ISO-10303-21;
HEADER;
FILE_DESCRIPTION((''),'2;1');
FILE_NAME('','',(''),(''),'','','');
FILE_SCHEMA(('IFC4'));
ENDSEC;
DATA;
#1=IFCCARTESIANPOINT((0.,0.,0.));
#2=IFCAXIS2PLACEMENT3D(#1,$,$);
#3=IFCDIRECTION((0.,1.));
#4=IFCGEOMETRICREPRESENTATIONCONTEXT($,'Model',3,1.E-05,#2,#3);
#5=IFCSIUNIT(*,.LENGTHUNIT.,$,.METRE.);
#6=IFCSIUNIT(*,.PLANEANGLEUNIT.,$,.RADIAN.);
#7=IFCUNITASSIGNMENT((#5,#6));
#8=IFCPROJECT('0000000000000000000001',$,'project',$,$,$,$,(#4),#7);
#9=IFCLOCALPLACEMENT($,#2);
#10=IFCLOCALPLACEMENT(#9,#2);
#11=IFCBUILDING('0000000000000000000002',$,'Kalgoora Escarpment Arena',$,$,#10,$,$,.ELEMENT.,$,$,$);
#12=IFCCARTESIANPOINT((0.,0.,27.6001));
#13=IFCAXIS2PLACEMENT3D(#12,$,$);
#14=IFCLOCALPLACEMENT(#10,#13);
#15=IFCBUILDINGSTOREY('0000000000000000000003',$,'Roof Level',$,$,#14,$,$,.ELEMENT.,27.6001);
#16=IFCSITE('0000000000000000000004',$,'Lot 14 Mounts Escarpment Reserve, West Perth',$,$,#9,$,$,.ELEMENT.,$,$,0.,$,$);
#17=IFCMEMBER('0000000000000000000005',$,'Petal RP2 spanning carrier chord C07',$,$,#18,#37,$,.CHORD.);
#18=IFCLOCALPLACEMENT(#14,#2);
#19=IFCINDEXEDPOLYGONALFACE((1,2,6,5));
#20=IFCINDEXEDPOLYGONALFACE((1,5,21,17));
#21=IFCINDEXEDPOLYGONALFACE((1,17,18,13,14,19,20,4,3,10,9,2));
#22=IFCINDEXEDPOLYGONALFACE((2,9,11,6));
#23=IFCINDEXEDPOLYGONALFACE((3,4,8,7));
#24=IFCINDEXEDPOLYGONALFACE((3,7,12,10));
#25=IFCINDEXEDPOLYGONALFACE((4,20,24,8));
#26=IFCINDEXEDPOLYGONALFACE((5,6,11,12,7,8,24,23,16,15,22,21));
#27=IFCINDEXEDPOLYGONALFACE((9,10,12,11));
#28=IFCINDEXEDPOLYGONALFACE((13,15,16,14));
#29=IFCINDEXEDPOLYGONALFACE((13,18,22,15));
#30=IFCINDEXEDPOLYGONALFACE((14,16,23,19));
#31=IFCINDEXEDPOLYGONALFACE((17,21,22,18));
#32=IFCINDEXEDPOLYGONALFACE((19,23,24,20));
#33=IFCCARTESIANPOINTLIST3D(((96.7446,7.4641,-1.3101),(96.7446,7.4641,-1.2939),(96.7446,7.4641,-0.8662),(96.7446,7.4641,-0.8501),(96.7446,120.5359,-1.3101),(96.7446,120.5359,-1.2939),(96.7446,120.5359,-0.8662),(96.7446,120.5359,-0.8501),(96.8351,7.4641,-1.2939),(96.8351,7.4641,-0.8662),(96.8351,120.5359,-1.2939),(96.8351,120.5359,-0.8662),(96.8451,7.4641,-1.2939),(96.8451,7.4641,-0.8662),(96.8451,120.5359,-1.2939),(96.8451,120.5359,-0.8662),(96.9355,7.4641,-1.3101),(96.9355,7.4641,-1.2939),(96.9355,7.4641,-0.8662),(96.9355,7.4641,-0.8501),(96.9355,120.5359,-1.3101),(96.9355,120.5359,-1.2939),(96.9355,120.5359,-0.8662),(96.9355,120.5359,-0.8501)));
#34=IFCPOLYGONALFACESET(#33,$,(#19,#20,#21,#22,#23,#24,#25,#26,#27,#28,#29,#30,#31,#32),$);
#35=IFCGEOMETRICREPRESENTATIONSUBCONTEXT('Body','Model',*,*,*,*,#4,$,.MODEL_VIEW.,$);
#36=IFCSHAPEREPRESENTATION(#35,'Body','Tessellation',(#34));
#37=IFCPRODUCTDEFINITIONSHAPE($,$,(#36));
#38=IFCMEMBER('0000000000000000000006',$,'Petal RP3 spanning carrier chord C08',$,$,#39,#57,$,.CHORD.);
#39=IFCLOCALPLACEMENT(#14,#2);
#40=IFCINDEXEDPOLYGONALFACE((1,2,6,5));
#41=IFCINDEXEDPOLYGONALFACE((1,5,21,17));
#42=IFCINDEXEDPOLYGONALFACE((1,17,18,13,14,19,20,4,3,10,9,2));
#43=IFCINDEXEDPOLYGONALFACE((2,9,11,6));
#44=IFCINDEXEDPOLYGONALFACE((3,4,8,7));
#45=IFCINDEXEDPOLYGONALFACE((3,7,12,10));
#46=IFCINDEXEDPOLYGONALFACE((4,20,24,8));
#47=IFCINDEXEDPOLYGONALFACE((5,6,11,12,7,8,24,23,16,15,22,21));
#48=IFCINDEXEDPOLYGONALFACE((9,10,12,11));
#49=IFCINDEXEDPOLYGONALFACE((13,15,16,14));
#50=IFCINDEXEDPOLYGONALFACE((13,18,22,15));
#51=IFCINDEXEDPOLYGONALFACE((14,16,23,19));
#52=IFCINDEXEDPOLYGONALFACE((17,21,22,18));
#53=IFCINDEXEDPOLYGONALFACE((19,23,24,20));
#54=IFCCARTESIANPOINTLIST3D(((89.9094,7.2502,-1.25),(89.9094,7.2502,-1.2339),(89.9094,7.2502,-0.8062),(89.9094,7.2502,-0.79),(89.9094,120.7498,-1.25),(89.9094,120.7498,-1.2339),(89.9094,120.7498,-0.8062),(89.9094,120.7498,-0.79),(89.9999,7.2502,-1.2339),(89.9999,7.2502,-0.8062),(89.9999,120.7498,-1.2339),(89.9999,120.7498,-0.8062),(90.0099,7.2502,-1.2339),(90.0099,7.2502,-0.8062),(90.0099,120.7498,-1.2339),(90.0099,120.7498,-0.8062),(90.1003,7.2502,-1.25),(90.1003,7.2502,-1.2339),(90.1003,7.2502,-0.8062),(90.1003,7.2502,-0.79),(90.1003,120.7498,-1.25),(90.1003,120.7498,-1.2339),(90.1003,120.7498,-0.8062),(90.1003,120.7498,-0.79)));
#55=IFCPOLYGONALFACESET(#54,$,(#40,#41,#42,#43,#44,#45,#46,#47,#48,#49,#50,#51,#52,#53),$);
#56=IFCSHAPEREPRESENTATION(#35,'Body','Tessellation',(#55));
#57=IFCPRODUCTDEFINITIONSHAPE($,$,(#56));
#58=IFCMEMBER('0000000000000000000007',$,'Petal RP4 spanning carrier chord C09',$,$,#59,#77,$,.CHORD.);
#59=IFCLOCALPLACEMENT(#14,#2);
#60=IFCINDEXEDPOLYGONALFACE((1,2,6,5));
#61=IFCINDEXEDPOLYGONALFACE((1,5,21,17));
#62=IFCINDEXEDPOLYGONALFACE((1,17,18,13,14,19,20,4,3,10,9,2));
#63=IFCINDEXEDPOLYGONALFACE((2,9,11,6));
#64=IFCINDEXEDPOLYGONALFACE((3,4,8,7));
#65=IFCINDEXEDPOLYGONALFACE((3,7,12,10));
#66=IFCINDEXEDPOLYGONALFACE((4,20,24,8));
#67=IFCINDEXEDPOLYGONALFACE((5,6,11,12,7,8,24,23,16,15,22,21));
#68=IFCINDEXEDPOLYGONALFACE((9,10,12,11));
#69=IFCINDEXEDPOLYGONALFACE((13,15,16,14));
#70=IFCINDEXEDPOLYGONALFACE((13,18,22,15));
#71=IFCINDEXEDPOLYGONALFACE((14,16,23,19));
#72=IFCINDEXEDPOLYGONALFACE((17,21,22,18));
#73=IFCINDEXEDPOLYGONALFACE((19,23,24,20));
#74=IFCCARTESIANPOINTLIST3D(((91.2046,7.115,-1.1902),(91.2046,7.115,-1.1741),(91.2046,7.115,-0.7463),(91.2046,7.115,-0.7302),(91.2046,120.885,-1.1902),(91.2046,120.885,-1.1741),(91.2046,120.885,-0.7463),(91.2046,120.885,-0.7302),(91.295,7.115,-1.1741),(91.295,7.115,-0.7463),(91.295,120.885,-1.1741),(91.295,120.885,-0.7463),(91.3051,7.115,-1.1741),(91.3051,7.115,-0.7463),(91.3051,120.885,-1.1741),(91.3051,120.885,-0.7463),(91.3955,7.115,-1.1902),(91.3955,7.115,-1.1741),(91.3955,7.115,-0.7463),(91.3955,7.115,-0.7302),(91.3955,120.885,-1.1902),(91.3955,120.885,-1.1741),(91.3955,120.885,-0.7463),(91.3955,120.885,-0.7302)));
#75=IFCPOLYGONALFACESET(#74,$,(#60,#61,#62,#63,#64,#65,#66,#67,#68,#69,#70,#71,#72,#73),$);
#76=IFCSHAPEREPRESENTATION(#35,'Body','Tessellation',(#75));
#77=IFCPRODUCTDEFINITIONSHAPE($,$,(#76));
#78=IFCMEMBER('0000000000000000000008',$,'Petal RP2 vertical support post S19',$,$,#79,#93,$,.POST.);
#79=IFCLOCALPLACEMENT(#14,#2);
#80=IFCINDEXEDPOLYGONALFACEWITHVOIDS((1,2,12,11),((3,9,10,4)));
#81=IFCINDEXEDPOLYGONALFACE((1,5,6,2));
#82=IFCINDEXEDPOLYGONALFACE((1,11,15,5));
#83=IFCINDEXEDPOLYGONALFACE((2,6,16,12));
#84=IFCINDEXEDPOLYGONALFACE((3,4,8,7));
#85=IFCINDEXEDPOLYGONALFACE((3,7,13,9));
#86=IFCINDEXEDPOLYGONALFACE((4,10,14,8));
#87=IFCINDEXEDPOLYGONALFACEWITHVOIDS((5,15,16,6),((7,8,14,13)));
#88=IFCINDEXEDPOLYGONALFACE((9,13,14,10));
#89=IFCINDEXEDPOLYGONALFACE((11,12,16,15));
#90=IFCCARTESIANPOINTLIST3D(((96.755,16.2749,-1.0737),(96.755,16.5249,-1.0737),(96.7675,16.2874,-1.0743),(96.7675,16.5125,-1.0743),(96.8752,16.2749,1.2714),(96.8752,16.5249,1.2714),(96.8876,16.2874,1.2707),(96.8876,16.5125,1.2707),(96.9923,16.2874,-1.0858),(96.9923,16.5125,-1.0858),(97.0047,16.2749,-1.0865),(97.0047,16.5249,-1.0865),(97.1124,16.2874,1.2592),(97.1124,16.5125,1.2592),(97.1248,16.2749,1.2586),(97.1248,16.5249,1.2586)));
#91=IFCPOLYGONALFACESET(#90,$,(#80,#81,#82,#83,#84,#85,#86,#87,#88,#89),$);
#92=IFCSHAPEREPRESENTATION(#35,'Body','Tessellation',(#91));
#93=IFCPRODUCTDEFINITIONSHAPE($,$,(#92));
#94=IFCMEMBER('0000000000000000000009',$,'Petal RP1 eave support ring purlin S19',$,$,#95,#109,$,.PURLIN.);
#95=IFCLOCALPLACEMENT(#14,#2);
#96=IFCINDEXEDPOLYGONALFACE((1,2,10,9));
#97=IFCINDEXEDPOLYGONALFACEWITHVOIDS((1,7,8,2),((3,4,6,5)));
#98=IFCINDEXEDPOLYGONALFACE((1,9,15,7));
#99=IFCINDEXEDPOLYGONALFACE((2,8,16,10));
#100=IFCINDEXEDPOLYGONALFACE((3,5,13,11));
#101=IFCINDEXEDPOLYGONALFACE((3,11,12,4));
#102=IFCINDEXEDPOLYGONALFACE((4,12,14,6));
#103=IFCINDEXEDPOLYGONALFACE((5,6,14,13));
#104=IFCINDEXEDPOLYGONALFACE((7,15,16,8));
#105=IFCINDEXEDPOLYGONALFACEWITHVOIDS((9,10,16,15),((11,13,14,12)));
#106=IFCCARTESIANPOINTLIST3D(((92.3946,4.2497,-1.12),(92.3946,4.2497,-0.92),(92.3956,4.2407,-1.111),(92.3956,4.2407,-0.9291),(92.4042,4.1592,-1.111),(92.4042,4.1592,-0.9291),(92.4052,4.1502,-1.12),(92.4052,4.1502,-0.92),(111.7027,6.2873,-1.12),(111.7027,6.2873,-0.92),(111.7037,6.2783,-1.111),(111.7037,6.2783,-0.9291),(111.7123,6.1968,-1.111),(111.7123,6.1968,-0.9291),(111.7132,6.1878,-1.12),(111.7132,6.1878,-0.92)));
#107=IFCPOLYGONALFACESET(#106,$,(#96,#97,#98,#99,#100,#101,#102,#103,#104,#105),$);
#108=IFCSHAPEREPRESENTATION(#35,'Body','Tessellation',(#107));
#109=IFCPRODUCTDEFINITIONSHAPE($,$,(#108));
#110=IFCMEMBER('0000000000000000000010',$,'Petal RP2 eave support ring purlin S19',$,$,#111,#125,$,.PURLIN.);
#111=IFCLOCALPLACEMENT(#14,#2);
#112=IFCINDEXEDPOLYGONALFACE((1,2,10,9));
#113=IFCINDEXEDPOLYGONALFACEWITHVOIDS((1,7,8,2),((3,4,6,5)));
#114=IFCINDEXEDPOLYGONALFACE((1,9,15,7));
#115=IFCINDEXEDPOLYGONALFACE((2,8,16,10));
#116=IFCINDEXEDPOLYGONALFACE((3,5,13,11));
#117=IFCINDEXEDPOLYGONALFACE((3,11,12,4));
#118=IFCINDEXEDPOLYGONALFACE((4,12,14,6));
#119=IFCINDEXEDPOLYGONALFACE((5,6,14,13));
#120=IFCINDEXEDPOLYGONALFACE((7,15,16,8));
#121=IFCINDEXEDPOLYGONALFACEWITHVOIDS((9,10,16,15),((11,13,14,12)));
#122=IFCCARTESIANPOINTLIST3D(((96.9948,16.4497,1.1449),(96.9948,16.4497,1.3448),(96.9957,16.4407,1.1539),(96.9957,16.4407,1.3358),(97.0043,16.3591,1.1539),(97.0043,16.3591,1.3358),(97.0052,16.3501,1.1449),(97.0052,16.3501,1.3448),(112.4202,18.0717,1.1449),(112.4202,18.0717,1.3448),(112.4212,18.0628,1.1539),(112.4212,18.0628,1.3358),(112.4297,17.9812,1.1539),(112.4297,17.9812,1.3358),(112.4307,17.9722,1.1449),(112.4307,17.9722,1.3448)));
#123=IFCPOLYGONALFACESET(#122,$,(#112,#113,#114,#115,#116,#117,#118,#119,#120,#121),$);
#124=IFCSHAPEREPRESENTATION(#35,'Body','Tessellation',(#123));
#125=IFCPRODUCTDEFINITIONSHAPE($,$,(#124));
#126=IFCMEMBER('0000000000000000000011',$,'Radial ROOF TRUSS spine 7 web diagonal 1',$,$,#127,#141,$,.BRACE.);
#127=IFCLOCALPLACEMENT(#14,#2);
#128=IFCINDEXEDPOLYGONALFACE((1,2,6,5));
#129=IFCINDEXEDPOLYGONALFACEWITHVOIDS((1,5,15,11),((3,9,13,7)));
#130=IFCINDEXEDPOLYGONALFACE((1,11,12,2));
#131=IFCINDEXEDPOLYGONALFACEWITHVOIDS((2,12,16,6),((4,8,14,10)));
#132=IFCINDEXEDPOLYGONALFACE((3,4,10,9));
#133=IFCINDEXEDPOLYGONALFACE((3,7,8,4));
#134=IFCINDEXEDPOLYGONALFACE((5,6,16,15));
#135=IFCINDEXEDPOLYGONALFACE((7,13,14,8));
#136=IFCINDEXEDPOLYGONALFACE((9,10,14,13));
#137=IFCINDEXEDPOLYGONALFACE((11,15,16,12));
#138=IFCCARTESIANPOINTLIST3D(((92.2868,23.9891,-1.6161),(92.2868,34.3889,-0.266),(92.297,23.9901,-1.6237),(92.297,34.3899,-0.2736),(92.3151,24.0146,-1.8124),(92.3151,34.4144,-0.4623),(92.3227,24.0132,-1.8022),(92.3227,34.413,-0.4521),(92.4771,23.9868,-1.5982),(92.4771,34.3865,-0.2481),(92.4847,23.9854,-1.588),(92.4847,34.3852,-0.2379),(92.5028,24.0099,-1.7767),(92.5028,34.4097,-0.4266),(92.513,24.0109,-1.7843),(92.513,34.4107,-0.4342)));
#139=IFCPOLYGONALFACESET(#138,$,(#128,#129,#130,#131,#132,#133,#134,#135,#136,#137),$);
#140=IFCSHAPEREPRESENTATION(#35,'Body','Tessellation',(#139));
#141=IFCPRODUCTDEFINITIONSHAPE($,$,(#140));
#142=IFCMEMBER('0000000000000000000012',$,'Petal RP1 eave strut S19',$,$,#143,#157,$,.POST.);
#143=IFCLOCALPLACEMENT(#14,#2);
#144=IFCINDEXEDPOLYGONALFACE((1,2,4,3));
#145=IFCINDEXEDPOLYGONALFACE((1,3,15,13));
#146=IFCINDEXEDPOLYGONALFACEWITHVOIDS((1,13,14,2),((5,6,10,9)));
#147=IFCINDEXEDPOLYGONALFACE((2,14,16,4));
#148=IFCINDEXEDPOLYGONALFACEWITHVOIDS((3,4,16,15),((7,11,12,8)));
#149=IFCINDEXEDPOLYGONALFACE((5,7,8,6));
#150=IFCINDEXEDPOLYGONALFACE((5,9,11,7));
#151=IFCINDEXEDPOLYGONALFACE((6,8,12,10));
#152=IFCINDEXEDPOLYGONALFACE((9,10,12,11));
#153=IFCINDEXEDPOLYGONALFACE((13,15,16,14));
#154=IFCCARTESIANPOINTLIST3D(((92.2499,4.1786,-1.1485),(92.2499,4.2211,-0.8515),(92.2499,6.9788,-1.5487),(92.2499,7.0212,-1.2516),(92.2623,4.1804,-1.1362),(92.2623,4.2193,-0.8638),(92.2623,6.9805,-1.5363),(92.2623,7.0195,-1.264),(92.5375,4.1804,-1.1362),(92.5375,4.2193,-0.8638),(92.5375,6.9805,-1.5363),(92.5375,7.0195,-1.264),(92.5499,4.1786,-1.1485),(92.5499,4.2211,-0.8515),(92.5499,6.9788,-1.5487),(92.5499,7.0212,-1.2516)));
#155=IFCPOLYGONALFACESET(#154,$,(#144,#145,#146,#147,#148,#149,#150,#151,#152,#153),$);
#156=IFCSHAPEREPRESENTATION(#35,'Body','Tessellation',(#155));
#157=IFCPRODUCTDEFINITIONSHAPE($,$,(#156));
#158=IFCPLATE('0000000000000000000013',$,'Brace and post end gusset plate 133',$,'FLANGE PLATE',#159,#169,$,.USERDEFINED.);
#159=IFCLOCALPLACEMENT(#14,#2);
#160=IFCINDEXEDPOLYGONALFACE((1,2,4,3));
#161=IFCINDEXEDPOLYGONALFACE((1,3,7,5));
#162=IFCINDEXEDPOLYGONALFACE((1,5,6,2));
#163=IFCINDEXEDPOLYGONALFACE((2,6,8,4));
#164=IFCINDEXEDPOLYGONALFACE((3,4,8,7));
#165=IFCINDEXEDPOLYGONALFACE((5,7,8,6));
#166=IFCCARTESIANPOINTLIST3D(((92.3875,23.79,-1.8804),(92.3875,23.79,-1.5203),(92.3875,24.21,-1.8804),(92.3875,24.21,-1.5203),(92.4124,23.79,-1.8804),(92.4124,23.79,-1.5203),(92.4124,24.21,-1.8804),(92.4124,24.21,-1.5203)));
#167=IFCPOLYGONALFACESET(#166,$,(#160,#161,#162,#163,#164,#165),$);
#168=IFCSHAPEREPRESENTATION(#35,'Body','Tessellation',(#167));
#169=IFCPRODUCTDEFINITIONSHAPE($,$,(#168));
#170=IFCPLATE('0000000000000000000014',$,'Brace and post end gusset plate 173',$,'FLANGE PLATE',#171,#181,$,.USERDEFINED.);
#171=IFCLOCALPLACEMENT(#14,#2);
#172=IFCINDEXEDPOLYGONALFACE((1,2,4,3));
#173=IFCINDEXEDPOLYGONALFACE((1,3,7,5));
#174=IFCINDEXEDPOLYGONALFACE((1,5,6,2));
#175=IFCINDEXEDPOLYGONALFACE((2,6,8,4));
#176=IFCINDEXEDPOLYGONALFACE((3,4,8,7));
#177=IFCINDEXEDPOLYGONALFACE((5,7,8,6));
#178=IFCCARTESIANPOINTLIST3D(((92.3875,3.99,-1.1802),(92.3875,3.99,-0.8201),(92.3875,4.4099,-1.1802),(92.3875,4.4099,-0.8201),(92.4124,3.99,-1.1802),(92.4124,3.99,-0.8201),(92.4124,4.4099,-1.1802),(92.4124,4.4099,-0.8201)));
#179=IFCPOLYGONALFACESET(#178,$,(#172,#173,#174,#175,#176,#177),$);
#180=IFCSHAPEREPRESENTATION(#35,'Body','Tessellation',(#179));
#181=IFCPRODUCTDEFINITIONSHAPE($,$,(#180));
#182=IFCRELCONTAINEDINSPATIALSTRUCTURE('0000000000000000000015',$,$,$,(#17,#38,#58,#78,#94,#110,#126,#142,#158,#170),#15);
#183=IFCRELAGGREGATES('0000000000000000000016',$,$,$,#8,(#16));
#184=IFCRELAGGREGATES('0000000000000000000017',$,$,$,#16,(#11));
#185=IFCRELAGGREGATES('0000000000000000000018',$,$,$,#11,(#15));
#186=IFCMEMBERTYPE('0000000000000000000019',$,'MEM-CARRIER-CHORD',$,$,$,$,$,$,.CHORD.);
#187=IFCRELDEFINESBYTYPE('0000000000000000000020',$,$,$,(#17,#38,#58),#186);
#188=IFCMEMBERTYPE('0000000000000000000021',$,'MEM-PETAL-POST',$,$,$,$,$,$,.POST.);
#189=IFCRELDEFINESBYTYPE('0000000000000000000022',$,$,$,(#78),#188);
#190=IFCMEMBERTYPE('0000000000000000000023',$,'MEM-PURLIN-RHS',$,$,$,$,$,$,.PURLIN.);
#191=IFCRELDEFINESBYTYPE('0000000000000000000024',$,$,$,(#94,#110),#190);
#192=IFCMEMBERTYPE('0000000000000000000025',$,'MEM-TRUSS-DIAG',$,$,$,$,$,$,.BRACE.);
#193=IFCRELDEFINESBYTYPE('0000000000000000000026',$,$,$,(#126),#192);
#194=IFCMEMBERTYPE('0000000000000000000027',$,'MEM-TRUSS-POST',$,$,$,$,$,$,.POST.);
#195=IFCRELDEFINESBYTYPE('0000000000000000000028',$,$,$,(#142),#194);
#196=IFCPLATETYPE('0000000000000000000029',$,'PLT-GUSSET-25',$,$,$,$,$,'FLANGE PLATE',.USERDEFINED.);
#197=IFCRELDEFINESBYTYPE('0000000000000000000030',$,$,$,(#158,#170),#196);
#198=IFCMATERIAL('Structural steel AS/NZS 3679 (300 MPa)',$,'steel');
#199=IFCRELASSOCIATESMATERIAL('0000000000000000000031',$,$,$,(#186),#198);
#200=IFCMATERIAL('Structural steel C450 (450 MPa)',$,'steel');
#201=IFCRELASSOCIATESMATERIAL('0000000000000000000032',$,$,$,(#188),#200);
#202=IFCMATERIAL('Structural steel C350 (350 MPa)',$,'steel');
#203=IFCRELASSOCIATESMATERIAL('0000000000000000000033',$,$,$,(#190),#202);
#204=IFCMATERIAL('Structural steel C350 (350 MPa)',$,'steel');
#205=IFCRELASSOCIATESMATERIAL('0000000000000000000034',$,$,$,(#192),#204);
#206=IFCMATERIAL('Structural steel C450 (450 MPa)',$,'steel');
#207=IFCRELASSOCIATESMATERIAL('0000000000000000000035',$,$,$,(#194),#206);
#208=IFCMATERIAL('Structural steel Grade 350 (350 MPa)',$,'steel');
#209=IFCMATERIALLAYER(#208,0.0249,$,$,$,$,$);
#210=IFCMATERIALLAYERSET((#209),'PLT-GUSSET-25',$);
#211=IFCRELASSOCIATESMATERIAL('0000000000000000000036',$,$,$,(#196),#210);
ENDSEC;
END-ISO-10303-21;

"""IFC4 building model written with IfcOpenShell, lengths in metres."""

from ifc_helpers import new_model, si_unit, direction, frame, origin, origin_2d, place, context, subcontext, project, spatial, rectangle, hollow_rectangle, i_section, extrude, material, layer, layer_set, material_profile, profile_set, type_object, element, save


model = new_model("IFC4")

# Units and contexts
model_context = context("Model", 3, precision=1e-05, world=origin(), true_north=direction((0.0, 1.0)))
body_context = subcontext(model_context, "Body", "Model", "MODEL_VIEW")
ifc_project = project(units=[si_unit("LENGTHUNIT", "METRE"), si_unit("PLANEANGLEUNIT", "RADIAN")], contexts=[model_context])

# Site, building, storey
site_placement = place(None, origin())
site = spatial("IfcSite", under=ifc_project, at=site_placement, Name="Lot 14 Mounts Escarpment Reserve, West Perth", CompositionType="ELEMENT", RefElevation=0.0)
building_placement = place(site_placement, origin())
building = spatial("IfcBuilding", under=site, at=building_placement, Name="Kalgoora Escarpment Arena", CompositionType="ELEMENT")
storey_placement = place(building_placement, frame((0.0, 0.0, 27.6001)))
storey = spatial("IfcBuildingStorey", under=building, at=storey_placement, Name="Roof Level", CompositionType="ELEMENT", Elevation=27.6001)

# Members
ifc_material_1 = material(Name="Structural steel AS/NZS 3679 (300 MPa)", Category="steel")
ifc_material_profile_1 = material_profile(ifc_material_1, i_section(OverallWidth=0.1909, OverallDepth=0.46, WebThickness=0.01, FlangeThickness=0.0161, at=origin_2d()))
ifc_profile_set_1 = profile_set([ifc_material_profile_1], Name="Structural steel AS/NZS 3679 (300 MPa)")
member_type_1 = type_object("IfcMemberType", Name="MEM-CARRIER-CHORD", PredefinedType="CHORD", material=ifc_profile_set_1)
member_1_placement = place(storey_placement, frame((96.8401, 7.4641, -1.0801), z_axis=(0.0, 1.0, 0.0), x_axis=(-1.0, 0.0, 0.0)))
element("IfcMember", 1, at=member_1_placement, inside=storey, type_object=member_type_1, Name="Petal RP2 spanning carrier chord C07", PredefinedType="CHORD", context=body_context, shape_type="SweptSolid", body=[
    extrude(i_section(OverallWidth=0.1909, OverallDepth=0.46, WebThickness=0.01, FlangeThickness=0.0161, at=origin_2d()), origin(), (0.0, 0.0, 1.0), 113.0718),
])
member_2_placement = place(storey_placement, frame((90.0049, 7.2502, -1.02), z_axis=(0.0, 1.0, 0.0), x_axis=(-1.0, 0.0, 0.0)))
element("IfcMember", 2, at=member_2_placement, inside=storey, type_object=member_type_1, Name="Petal RP3 spanning carrier chord C08", PredefinedType="CHORD", context=body_context, shape_type="SweptSolid", body=[
    extrude(i_section(OverallWidth=0.1909, OverallDepth=0.46, WebThickness=0.01, FlangeThickness=0.0161, at=origin_2d()), origin(), (0.0, 0.0, 1.0), 113.4995),
])
member_3_placement = place(storey_placement, frame((91.3, 7.115, -0.9602), z_axis=(0.0, 1.0, 0.0), x_axis=(-1.0, 0.0, 0.0)))
element("IfcMember", 3, at=member_3_placement, inside=storey, type_object=member_type_1, Name="Petal RP4 spanning carrier chord C09", PredefinedType="CHORD", context=body_context, shape_type="SweptSolid", body=[
    extrude(i_section(OverallWidth=0.1909, OverallDepth=0.46, WebThickness=0.01, FlangeThickness=0.0161, at=origin_2d()), origin(), (0.0, 0.0, 1.0), 113.77),
])
ifc_material_2 = material(Name="Structural steel C450 (450 MPa)", Category="steel")
ifc_material_profile_2 = material_profile(ifc_material_2, hollow_rectangle(XDim=0.25, YDim=0.25, WallThickness=0.0125, at=origin_2d()))
ifc_profile_set_2 = profile_set([ifc_material_profile_2], Name="Structural steel C450 (450 MPa)")
member_type_2 = type_object("IfcMemberType", Name="MEM-PETAL-POST", PredefinedType="POST", material=ifc_profile_set_2)
member_4_placement = place(storey_placement, frame((96.8799, 16.3999, -1.0801), z_axis=(0.051156, 0.0, 0.998691), x_axis=(0.0, 1.0, 0.0)))
element("IfcMember", 4, at=member_4_placement, inside=storey, type_object=member_type_2, Name="Petal RP2 vertical support post S19", PredefinedType="POST", context=body_context, shape_type="SweptSolid", body=[
    extrude(hollow_rectangle(XDim=0.25, YDim=0.25, WallThickness=0.0125, at=origin_2d()), origin(), (0.0, 0.0, 1.0), 2.3481),
])
ifc_material_3 = material(Name="Structural steel C350 (350 MPa)", Category="steel")
ifc_material_profile_3 = material_profile(ifc_material_3, hollow_rectangle(XDim=0.1001, YDim=0.2, WallThickness=0.009, at=origin_2d()))
ifc_profile_set_3 = profile_set([ifc_material_profile_3], Name="Structural steel C350 (350 MPa)")
member_type_3 = type_object("IfcMemberType", Name="MEM-PURLIN-RHS", PredefinedType="PURLIN", material=ifc_profile_set_3)
member_5_placement = place(storey_placement, frame((92.3999, 4.2, -1.02), z_axis=(0.994478, 0.104948, 0.0), x_axis=(-0.104948, 0.994478, 0.0)))
element("IfcMember", 5, at=member_5_placement, inside=storey, type_object=member_type_3, Name="Petal RP1 eave support ring purlin S19", PredefinedType="PURLIN", context=body_context, shape_type="SweptSolid", body=[
    extrude(hollow_rectangle(XDim=0.1001, YDim=0.2, WallThickness=0.009, at=origin_2d()), origin(), (0.0, 0.0, 1.0), 19.4153),
])
member_6_placement = place(storey_placement, frame((97.0, 16.3999, 1.2449), z_axis=(0.994517, 0.104578, 0.0), x_axis=(-0.104578, 0.994517, 0.0)))
element("IfcMember", 6, at=member_6_placement, inside=storey, type_object=member_type_3, Name="Petal RP2 eave support ring purlin S19", PredefinedType="PURLIN", context=body_context, shape_type="SweptSolid", body=[
    extrude(hollow_rectangle(XDim=0.1001, YDim=0.2, WallThickness=0.009, at=origin_2d()), origin(), (0.0, 0.0, 1.0), 15.5105),
])
ifc_material_4 = material(Name="Structural steel C350 (350 MPa)", Category="steel")
ifc_material_profile_4 = material_profile(ifc_material_4, hollow_rectangle(XDim=0.2, YDim=0.2, WallThickness=0.009, at=origin_2d()))
ifc_profile_set_4 = profile_set([ifc_material_profile_4], Name="Structural steel C350 (350 MPa)")
member_type_4 = type_object("IfcMemberType", Name="MEM-TRUSS-DIAG", PredefinedType="BRACE", material=ifc_profile_set_4)
member_7_placement = place(storey_placement, frame((92.3999, 24.0, -1.7002), z_axis=(0.0, 0.991679, 0.128738), x_axis=(-0.14142, -0.127444, 0.981712)))
element("IfcMember", 7, at=member_7_placement, inside=storey, type_object=member_type_4, Name="Radial ROOF TRUSS spine 7 web diagonal 1", PredefinedType="BRACE", context=body_context, shape_type="SweptSolid", body=[
    extrude(hollow_rectangle(XDim=0.2, YDim=0.2, WallThickness=0.009, at=origin_2d()), origin(), (0.0, 0.0, 1.0), 10.4871),
])
ifc_material_5 = material(Name="Structural steel C450 (450 MPa)", Category="steel")
ifc_material_profile_5 = material_profile(ifc_material_5, hollow_rectangle(XDim=0.3, YDim=0.3, WallThickness=0.0125, at=origin_2d()))
ifc_profile_set_5 = profile_set([ifc_material_profile_5], Name="Structural steel C450 (450 MPa)")
member_type_5 = type_object("IfcMemberType", Name="MEM-TRUSS-POST", PredefinedType="POST", material=ifc_profile_set_5)
member_8_placement = place(storey_placement, frame((92.3999, 7.0, -1.4001), z_axis=(0.0, -0.989943, 0.14147), x_axis=(1.0, 0.0, 0.0)))
element("IfcMember", 8, at=member_8_placement, inside=storey, type_object=member_type_5, Name="Petal RP1 eave strut S19", PredefinedType="POST", context=body_context, shape_type="SweptSolid", body=[
    extrude(hollow_rectangle(XDim=0.3, YDim=0.3, WallThickness=0.0125, at=origin_2d()), origin(), (0.0, 0.0, 1.0), 2.8286),
])

# Plates
ifc_material_6 = material(Name="Structural steel Grade 350 (350 MPa)", Category="steel")
ifc_layer_1 = layer(ifc_material_6, 0.0249)
ifc_layer_set_1 = layer_set([ifc_layer_1], Name="PLT-GUSSET-25")
plate_type_1 = type_object("IfcPlateType", Name="PLT-GUSSET-25", ElementType="FLANGE PLATE", PredefinedType="USERDEFINED", material=ifc_layer_set_1)
for number, where, z_axis, x_axis, name in (
    (9, (92.3999, 24.0, -1.8804), (0.0, 0.0, 1.0), (0.0, 1.0, 0.0), "Brace and post end gusset plate 133"),
    (10, (92.3999, 4.2, -1.1802), (0.0, 0.0, 1.0), (0.0, -1.0, 0.0), "Brace and post end gusset plate 173"),
):
    element("IfcPlate", number, at=place(storey_placement, frame(where, z_axis=z_axis, x_axis=x_axis)), inside=storey, type_object=plate_type_1, Name=name, ObjectType="FLANGE PLATE", PredefinedType="USERDEFINED", context=body_context, shape_type="SweptSolid", body=[
        extrude(rectangle(XDim=0.4199, YDim=0.0249, at=origin_2d()), origin(), (0.0, 0.0, 1.0), 0.3601),
    ])

save(model, "model.ifc")
